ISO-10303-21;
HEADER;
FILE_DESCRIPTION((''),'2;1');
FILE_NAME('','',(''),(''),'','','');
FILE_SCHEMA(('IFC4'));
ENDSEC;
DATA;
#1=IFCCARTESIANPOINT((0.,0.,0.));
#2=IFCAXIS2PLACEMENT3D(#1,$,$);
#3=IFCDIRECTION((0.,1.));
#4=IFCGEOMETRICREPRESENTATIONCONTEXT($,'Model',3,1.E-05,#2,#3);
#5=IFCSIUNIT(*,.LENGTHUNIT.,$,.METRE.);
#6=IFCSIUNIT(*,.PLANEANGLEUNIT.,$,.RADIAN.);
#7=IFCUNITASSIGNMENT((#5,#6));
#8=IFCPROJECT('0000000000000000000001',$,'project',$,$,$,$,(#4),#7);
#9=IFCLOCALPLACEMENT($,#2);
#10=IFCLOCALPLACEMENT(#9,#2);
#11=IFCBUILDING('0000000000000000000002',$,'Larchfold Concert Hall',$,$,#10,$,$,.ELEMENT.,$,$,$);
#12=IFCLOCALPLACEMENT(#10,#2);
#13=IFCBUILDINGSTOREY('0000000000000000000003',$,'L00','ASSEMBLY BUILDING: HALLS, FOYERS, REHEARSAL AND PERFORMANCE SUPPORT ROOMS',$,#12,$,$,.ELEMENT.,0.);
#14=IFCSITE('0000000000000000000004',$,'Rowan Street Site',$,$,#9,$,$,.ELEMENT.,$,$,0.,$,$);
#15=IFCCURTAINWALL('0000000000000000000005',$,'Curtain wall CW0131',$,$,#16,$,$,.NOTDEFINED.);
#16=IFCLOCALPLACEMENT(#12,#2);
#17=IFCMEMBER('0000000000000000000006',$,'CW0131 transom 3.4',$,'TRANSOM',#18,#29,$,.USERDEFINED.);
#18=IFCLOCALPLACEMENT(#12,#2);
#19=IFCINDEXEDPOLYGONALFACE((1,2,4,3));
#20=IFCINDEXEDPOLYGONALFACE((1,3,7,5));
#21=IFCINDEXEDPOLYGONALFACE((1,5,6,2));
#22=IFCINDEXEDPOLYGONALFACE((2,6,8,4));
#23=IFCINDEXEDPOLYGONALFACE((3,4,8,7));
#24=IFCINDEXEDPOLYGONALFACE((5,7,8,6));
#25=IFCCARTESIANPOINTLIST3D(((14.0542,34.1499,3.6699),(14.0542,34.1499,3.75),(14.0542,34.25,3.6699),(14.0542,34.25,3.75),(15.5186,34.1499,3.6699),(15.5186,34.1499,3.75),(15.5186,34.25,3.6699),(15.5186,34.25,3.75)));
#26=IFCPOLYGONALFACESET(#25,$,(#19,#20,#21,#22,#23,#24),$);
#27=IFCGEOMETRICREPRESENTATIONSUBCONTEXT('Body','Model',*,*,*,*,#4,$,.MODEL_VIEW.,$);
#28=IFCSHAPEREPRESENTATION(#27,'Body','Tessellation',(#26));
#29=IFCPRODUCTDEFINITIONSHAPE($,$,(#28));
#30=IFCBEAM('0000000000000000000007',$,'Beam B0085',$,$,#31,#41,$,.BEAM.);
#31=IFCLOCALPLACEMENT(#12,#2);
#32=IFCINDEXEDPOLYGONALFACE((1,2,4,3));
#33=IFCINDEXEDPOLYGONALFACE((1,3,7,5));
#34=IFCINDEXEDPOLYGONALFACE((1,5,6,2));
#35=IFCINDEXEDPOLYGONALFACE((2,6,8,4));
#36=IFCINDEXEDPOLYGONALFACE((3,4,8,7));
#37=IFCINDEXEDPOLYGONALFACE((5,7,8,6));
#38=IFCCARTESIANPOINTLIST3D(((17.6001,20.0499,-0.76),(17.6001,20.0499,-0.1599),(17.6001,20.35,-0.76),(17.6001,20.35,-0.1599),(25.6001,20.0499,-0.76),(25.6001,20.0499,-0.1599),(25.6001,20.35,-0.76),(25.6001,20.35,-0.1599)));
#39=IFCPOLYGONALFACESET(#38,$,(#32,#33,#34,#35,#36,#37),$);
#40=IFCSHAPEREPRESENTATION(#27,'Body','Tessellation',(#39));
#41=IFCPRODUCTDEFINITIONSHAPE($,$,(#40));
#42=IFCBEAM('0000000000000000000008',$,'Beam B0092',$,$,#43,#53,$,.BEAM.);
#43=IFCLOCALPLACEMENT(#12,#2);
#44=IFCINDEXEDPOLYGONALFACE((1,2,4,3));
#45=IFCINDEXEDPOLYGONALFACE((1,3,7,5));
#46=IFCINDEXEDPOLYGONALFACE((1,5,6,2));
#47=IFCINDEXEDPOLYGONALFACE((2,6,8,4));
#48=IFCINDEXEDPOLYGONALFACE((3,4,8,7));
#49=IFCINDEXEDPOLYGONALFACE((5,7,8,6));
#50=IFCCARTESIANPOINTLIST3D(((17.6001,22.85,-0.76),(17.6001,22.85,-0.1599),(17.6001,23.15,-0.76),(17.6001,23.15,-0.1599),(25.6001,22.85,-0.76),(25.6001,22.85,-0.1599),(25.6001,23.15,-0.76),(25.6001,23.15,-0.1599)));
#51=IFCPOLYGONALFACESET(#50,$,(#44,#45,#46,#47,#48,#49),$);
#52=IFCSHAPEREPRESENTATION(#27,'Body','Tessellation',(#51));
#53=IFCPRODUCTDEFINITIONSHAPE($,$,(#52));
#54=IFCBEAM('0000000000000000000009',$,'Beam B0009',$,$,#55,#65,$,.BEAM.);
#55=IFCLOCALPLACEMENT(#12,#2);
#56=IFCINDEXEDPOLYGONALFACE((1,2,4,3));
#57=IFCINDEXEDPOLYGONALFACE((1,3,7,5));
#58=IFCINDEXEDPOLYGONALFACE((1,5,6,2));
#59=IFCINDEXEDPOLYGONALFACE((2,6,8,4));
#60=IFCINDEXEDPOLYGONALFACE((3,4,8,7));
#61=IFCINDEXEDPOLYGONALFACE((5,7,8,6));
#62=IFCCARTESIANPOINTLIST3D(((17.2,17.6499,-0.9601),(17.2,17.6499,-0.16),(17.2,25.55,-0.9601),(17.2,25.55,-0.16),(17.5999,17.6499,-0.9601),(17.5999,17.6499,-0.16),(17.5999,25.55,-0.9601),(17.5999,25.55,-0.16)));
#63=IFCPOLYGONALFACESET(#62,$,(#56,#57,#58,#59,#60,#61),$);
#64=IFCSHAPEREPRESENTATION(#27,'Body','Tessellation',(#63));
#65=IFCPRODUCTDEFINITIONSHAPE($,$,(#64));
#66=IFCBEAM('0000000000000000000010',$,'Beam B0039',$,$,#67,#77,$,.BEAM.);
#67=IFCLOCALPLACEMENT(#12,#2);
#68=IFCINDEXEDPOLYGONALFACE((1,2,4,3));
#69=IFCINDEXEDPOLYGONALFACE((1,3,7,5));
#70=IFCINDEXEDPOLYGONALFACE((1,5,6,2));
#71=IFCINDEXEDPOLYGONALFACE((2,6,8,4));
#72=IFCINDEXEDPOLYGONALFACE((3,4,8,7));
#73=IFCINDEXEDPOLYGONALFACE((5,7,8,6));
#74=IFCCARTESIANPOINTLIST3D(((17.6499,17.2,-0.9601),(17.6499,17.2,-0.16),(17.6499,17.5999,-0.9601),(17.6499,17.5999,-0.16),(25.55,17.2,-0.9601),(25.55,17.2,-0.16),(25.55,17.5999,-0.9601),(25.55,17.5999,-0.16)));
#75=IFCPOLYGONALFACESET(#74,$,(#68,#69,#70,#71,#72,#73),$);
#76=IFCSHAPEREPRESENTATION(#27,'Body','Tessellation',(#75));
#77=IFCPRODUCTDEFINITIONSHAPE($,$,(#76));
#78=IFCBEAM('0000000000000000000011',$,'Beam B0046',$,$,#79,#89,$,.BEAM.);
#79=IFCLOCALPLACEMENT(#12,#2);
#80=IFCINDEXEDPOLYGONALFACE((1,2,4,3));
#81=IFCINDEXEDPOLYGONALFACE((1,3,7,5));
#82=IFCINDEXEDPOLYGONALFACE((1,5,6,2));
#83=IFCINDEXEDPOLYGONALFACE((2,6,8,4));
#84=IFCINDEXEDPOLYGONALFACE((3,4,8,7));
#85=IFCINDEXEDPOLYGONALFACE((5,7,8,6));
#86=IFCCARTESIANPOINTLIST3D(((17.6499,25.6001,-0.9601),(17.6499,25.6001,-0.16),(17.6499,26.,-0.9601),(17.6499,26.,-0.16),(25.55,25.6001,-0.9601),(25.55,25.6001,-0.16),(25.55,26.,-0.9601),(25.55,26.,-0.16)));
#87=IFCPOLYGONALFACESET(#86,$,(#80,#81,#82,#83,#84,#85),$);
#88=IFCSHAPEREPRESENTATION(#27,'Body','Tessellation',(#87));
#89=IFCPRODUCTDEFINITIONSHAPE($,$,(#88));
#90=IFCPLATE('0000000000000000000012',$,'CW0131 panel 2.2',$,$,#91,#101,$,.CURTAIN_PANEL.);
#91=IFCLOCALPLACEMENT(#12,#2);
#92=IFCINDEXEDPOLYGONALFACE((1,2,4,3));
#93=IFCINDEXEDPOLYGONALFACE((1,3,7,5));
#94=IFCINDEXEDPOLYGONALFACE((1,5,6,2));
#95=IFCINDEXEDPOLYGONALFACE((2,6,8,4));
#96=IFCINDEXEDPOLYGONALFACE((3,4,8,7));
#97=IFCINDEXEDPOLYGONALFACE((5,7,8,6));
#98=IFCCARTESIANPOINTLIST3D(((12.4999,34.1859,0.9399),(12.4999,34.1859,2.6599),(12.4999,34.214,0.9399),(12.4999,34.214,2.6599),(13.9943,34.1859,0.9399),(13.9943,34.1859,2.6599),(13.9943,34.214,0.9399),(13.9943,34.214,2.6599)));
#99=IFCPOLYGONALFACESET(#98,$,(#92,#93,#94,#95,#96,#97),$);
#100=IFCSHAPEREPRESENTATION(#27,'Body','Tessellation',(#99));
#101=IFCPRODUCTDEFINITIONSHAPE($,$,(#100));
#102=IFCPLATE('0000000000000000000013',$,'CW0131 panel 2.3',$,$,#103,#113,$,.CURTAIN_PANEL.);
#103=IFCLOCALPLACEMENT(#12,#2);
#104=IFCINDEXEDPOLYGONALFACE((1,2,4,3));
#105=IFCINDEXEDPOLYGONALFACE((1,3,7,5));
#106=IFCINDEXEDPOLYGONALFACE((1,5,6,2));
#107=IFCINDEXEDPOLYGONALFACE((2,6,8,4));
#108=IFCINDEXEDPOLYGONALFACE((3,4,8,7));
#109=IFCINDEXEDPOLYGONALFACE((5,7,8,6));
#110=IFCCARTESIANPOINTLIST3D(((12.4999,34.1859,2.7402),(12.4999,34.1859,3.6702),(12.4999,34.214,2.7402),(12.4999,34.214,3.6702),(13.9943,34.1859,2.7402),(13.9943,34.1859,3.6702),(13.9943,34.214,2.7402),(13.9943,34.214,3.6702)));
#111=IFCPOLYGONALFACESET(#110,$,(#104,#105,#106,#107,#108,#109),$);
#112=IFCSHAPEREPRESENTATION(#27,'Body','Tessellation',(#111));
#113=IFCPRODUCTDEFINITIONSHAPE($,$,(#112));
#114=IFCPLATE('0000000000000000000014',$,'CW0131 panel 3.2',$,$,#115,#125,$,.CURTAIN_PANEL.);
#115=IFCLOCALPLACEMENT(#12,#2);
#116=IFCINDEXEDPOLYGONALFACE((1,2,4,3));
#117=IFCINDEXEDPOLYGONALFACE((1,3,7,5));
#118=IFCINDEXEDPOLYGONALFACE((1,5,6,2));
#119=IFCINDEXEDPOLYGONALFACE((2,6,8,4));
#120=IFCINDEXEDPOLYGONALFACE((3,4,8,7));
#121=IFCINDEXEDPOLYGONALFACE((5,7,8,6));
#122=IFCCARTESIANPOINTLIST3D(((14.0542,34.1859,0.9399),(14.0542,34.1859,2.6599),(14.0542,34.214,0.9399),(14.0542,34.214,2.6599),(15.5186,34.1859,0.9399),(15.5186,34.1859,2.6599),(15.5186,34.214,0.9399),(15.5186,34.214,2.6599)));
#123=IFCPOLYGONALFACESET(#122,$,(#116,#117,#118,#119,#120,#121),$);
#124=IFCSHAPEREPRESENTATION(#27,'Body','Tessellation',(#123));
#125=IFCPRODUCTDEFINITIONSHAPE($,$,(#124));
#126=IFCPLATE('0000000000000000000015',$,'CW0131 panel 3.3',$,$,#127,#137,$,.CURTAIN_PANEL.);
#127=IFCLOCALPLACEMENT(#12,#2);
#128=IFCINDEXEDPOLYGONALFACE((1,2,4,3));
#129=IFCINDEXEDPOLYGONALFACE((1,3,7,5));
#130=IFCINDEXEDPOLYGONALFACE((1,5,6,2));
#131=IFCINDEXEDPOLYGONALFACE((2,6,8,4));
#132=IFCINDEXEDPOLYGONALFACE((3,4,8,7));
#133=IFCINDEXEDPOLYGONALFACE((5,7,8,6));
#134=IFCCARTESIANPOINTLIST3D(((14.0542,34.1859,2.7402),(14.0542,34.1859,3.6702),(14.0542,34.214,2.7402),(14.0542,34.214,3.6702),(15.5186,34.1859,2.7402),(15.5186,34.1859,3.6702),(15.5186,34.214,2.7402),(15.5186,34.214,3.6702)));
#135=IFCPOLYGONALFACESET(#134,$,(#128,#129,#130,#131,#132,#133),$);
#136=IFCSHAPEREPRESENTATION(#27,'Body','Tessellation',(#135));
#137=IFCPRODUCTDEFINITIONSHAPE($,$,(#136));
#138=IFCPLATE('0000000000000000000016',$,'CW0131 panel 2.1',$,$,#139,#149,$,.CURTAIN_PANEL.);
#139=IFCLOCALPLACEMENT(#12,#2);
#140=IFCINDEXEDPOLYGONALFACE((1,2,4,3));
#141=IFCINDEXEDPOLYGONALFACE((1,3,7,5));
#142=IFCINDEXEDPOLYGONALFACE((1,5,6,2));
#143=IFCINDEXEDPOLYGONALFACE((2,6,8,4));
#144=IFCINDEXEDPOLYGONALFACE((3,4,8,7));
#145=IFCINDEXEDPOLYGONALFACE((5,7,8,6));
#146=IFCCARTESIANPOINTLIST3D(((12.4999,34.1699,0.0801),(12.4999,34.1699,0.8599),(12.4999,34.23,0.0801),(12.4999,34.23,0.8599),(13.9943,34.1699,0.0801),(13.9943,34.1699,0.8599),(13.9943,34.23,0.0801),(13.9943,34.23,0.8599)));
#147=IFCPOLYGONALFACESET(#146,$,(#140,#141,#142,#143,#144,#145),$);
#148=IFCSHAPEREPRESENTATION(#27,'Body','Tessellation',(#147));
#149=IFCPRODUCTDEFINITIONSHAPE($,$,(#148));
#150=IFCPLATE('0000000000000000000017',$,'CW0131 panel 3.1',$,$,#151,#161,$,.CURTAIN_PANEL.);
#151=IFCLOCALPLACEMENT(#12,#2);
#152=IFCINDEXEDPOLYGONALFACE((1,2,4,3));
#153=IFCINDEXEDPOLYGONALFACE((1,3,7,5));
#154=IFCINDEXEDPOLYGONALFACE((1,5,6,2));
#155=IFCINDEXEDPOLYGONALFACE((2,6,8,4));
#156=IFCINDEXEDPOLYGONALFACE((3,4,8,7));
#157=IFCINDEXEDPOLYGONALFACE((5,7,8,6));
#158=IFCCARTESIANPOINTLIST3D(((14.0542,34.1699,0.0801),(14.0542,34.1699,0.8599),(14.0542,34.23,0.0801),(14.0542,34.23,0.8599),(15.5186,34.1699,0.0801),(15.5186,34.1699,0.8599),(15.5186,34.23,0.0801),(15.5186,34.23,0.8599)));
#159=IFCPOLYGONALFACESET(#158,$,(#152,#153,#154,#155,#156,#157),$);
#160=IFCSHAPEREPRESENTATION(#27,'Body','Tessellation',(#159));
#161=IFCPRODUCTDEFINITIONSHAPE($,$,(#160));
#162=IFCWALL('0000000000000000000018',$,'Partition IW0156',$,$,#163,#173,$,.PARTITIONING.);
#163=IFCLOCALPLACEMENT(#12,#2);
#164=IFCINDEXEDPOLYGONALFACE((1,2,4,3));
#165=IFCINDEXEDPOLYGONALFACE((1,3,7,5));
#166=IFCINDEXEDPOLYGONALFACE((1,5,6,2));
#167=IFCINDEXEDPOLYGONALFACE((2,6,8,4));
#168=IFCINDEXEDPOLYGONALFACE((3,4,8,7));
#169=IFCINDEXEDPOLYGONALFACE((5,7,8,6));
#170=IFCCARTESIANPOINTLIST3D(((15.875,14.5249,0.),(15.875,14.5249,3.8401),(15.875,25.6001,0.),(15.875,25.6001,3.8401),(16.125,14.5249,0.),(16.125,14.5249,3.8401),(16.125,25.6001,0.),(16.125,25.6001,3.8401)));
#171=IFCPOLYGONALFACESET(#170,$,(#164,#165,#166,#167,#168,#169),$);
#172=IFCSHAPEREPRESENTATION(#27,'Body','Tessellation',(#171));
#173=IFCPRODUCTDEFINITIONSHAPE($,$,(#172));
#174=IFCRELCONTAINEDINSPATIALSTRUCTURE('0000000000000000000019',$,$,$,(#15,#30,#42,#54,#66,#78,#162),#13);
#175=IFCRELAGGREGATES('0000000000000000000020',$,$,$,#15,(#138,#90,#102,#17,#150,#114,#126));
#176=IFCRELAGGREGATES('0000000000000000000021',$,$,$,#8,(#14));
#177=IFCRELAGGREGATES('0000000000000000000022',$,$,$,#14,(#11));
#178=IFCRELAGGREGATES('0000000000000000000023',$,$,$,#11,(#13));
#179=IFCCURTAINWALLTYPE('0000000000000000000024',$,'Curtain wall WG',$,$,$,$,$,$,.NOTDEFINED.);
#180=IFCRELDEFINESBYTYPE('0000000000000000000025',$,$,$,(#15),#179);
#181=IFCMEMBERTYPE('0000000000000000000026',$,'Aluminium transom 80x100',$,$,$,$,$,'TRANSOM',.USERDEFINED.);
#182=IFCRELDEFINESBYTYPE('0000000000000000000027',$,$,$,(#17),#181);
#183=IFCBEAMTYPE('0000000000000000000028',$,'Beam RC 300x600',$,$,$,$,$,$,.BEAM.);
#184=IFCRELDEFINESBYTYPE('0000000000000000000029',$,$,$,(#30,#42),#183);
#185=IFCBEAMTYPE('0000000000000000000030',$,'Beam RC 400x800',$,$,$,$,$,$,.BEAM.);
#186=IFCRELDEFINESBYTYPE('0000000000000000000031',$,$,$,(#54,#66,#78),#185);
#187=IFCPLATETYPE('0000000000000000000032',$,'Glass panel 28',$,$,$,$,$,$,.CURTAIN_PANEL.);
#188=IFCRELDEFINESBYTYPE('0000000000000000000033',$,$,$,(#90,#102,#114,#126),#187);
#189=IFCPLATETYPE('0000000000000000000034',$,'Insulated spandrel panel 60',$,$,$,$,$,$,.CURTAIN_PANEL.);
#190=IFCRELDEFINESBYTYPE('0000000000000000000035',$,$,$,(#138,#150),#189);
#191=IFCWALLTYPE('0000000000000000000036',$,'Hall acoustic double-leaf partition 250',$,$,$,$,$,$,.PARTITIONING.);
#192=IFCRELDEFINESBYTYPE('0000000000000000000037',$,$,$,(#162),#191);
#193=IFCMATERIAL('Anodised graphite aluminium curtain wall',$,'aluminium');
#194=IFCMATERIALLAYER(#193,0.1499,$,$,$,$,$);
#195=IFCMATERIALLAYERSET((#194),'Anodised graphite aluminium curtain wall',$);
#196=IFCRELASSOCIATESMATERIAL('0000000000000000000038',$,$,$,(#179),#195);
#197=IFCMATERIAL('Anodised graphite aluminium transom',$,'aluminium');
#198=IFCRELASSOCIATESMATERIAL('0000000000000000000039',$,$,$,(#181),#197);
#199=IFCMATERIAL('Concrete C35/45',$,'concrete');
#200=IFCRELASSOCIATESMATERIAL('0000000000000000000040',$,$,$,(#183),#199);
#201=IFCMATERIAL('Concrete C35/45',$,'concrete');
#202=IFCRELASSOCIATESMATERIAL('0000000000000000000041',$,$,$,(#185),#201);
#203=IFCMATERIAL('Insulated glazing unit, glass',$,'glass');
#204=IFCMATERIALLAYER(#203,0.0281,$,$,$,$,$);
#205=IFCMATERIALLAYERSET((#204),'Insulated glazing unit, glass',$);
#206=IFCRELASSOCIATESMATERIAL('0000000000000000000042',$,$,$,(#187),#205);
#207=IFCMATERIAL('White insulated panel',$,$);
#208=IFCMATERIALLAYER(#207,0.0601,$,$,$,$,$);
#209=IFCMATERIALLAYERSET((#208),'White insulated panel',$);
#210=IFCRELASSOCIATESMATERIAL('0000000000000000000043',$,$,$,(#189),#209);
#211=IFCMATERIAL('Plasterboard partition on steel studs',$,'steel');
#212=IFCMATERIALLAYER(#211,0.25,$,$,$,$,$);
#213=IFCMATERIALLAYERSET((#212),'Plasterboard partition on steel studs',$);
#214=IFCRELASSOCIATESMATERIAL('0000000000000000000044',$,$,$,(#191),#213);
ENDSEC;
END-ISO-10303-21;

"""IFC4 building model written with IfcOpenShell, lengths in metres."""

from ifc_helpers import new_model, si_unit, direction, frame, frame_2d, origin, origin_2d, place, context, subcontext, project, spatial, rectangle, extrude, material, layer, layer_set, material_profile, profile_set, type_object, element, aggregate, save


model = new_model("IFC4")

# Units and contexts
model_context = context("Model", 3, precision=1e-05, world=origin(), true_north=direction((0.0, 1.0)))
body_context = subcontext(model_context, "Body", "Model", "MODEL_VIEW")
ifc_project = project(units=[si_unit("LENGTHUNIT", "METRE"), si_unit("PLANEANGLEUNIT", "RADIAN")], contexts=[model_context])

# Site, building, storey
site_placement = place(None, origin())
site = spatial("IfcSite", under=ifc_project, at=site_placement, Name="Rowan Street Site", CompositionType="ELEMENT", RefElevation=0.0)
building_placement = place(site_placement, origin())
building = spatial("IfcBuilding", under=site, at=building_placement, Name="Larchfold Concert Hall", CompositionType="ELEMENT")
storey_placement = place(building_placement, origin())
storey = spatial("IfcBuildingStorey", under=building, at=storey_placement, Name="L00", Description="ASSEMBLY BUILDING: HALLS, FOYERS, REHEARSAL AND PERFORMANCE SUPPORT ROOMS", CompositionType="ELEMENT", Elevation=0.0)

# Curtain wall, member
ifc_material_1 = material(Name="Anodised graphite aluminium curtain wall", Category="aluminium")
ifc_layer_1 = layer(ifc_material_1, 0.1499)
ifc_layer_set_1 = layer_set([ifc_layer_1], Name="Anodised graphite aluminium curtain wall")
curtain_wall_type = type_object("IfcCurtainWallType", Name="Curtain wall WG", PredefinedType="NOTDEFINED", material=ifc_layer_set_1)
curtain_wall_placement = place(storey_placement, origin())
curtain_wall = element("IfcCurtainWall", 1, at=curtain_wall_placement, inside=storey, type_object=curtain_wall_type, Name="Curtain wall CW0131", PredefinedType="NOTDEFINED")
ifc_material_2 = material(Name="Anodised graphite aluminium transom", Category="aluminium")
ifc_material_profile_1 = material_profile(ifc_material_2, rectangle(XDim=0.1001, YDim=0.0801, at=origin_2d()))
ifc_profile_set_1 = profile_set([ifc_material_profile_1], Name="Anodised graphite aluminium transom")
member_type_1 = type_object("IfcMemberType", Name="Aluminium transom 80x100", ElementType="TRANSOM", PredefinedType="USERDEFINED", material=ifc_profile_set_1)
member_1_placement = place(storey_placement, frame((14.0542, 34.2, 3.71), z_axis=(1.0, 0.0, 0.0), x_axis=(0.0, 1.0, 0.0)))
member_1 = element("IfcMember", 2, at=member_1_placement, type_object=member_type_1, Name="CW0131 transom 3.4", ObjectType="TRANSOM", PredefinedType="USERDEFINED", context=body_context, shape_type="SweptSolid", body=[
    extrude(rectangle(XDim=0.1001, YDim=0.0801, at=origin_2d()), origin(), (0.0, 0.0, 1.0), 1.4644),
])

# Beams
ifc_material_3 = material(Name="Concrete C35/45", Category="concrete")
ifc_material_profile_2 = material_profile(ifc_material_3, rectangle(XDim=0.3, YDim=0.6001, at=origin_2d()))
ifc_profile_set_2 = profile_set([ifc_material_profile_2], Name="Concrete C35/45")
beam_type_1 = type_object("IfcBeamType", Name="Beam RC 300x600", PredefinedType="BEAM", material=ifc_profile_set_2)
for number, where, z_axis, x_axis, name in (
    (3, (17.6001, 20.2, -0.46), (1.0, 0.0, 0.0), (0.0, 1.0, 0.0), "Beam B0085"),
    (4, (17.6001, 23.0, -0.46), (1.0, 0.0, 0.0), (0.0, 1.0, 0.0), "Beam B0092"),
):
    element("IfcBeam", number, at=place(storey_placement, frame(where, z_axis=z_axis, x_axis=x_axis)), inside=storey, type_object=beam_type_1, Name=name, PredefinedType="BEAM", context=body_context, shape_type="SweptSolid", body=[
        extrude(rectangle(XDim=0.3, YDim=0.6001, at=origin_2d()), origin(), (0.0, 0.0, 1.0), 8.0),
    ])
ifc_material_4 = material(Name="Concrete C35/45", Category="concrete")
ifc_material_profile_3 = material_profile(ifc_material_4, rectangle(XDim=0.3999, YDim=0.8, at=origin_2d()))
ifc_profile_set_3 = profile_set([ifc_material_profile_3], Name="Concrete C35/45")
beam_type_2 = type_object("IfcBeamType", Name="Beam RC 400x800", PredefinedType="BEAM", material=ifc_profile_set_3)
for number, where, z_axis, x_axis, name in (
    (5, (17.3999, 17.6499, -0.5601), (0.0, 1.0, 0.0), (-1.0, 0.0, 0.0), "Beam B0009"),
    (6, (17.6499, 17.3999, -0.5601), (1.0, 0.0, 0.0), (0.0, 1.0, 0.0), "Beam B0039"),
    (7, (17.6499, 25.8, -0.5601), (1.0, 0.0, 0.0), (0.0, 1.0, 0.0), "Beam B0046"),
):
    element("IfcBeam", number, at=place(storey_placement, frame(where, z_axis=z_axis, x_axis=x_axis)), inside=storey, type_object=beam_type_2, Name=name, PredefinedType="BEAM", context=body_context, shape_type="SweptSolid", body=[
        extrude(rectangle(XDim=0.3999, YDim=0.8, at=origin_2d()), origin(), (0.0, 0.0, 1.0), 7.9001),
    ])

# Plates
ifc_material_5 = material(Name="Insulated glazing unit, glass", Category="glass")
ifc_layer_2 = layer(ifc_material_5, 0.0281)
ifc_layer_set_2 = layer_set([ifc_layer_2], Name="Insulated glazing unit, glass")
plate_type_1 = type_object("IfcPlateType", Name="Glass panel 28", PredefinedType="CURTAIN_PANEL", material=ifc_layer_set_2)
plate_1_placement = place(storey_placement, frame((13.2471, 34.2, 0.9399), z_axis=(0.0, 0.0, 1.0), x_axis=(1.0, 0.0, 0.0)))
plate_1 = element("IfcPlate", 8, at=plate_1_placement, type_object=plate_type_1, Name="CW0131 panel 2.2", PredefinedType="CURTAIN_PANEL", context=body_context, shape_type="SweptSolid", body=[
    extrude(rectangle(XDim=1.4944, YDim=0.0281, at=origin_2d()), origin(), (0.0, 0.0, 1.0), 1.72),
])
plate_2_placement = place(storey_placement, frame((13.2471, 34.2, 2.7402), z_axis=(0.0, 0.0, 1.0), x_axis=(1.0, 0.0, 0.0)))
plate_2 = element("IfcPlate", 9, at=plate_2_placement, type_object=plate_type_1, Name="CW0131 panel 2.3", PredefinedType="CURTAIN_PANEL", context=body_context, shape_type="SweptSolid", body=[
    extrude(rectangle(XDim=1.4944, YDim=0.0281, at=origin_2d()), origin(), (0.0, 0.0, 1.0), 0.9299),
])
plate_3_placement = place(storey_placement, frame((14.7864, 34.2, 0.9399), z_axis=(0.0, 0.0, 1.0), x_axis=(1.0, 0.0, 0.0)))
plate_3 = element("IfcPlate", 10, at=plate_3_placement, type_object=plate_type_1, Name="CW0131 panel 3.2", PredefinedType="CURTAIN_PANEL", context=body_context, shape_type="SweptSolid", body=[
    extrude(rectangle(XDim=1.4644, YDim=0.0281, at=origin_2d()), origin(), (0.0, 0.0, 1.0), 1.72),
])
plate_4_placement = place(storey_placement, frame((14.7864, 34.2, 2.7402), z_axis=(0.0, 0.0, 1.0), x_axis=(1.0, 0.0, 0.0)))
plate_4 = element("IfcPlate", 11, at=plate_4_placement, type_object=plate_type_1, Name="CW0131 panel 3.3", PredefinedType="CURTAIN_PANEL", context=body_context, shape_type="SweptSolid", body=[
    extrude(rectangle(XDim=1.4644, YDim=0.0281, at=origin_2d()), origin(), (0.0, 0.0, 1.0), 0.9299),
])
ifc_material_6 = material(Name="White insulated panel")
ifc_layer_3 = layer(ifc_material_6, 0.0601)
ifc_layer_set_3 = layer_set([ifc_layer_3], Name="White insulated panel")
plate_type_2 = type_object("IfcPlateType", Name="Insulated spandrel panel 60", PredefinedType="CURTAIN_PANEL", material=ifc_layer_set_3)
plate_5_placement = place(storey_placement, frame((13.2471, 34.2, 0.0801), z_axis=(0.0, 0.0, 1.0), x_axis=(1.0, 0.0, 0.0)))
plate_5 = element("IfcPlate", 12, at=plate_5_placement, type_object=plate_type_2, Name="CW0131 panel 2.1", PredefinedType="CURTAIN_PANEL", context=body_context, shape_type="SweptSolid", body=[
    extrude(rectangle(XDim=1.4944, YDim=0.0601, at=origin_2d()), origin(), (0.0, 0.0, 1.0), 0.7798),
])
plate_6_placement = place(storey_placement, frame((14.7864, 34.2, 0.0801), z_axis=(0.0, 0.0, 1.0), x_axis=(1.0, 0.0, 0.0)))
plate_6 = element("IfcPlate", 13, at=plate_6_placement, type_object=plate_type_2, Name="CW0131 panel 3.1", PredefinedType="CURTAIN_PANEL", context=body_context, shape_type="SweptSolid", body=[
    extrude(rectangle(XDim=1.4644, YDim=0.0601, at=origin_2d()), origin(), (0.0, 0.0, 1.0), 0.7798),
])
aggregate(curtain_wall, [plate_5, plate_1, plate_2, member_1, plate_6, plate_3, plate_4])

# Wall
ifc_material_7 = material(Name="Plasterboard partition on steel studs", Category="steel")
ifc_layer_4 = layer(ifc_material_7, 0.25)
ifc_layer_set_4 = layer_set([ifc_layer_4], Name="Plasterboard partition on steel studs")
wall_type_1 = type_object("IfcWallType", Name="Hall acoustic double-leaf partition 250", PredefinedType="PARTITIONING", material=ifc_layer_set_4)
wall_1_placement = place(storey_placement, frame((16.0, 25.6001, 0.0), z_axis=(0.0, 0.0, 1.0), x_axis=(0.0, -1.0, 0.0)))
element("IfcWall", 14, at=wall_1_placement, inside=storey, type_object=wall_type_1, Name="Partition IW0156", PredefinedType="PARTITIONING", context=body_context, shape_type="SweptSolid", body=[
    extrude(rectangle(XDim=11.0752, YDim=0.25, at=frame_2d((5.5376, 0.0))), origin(), (0.0, 0.0, 1.0), 3.8401),
])

save(model, "model.ifc")
